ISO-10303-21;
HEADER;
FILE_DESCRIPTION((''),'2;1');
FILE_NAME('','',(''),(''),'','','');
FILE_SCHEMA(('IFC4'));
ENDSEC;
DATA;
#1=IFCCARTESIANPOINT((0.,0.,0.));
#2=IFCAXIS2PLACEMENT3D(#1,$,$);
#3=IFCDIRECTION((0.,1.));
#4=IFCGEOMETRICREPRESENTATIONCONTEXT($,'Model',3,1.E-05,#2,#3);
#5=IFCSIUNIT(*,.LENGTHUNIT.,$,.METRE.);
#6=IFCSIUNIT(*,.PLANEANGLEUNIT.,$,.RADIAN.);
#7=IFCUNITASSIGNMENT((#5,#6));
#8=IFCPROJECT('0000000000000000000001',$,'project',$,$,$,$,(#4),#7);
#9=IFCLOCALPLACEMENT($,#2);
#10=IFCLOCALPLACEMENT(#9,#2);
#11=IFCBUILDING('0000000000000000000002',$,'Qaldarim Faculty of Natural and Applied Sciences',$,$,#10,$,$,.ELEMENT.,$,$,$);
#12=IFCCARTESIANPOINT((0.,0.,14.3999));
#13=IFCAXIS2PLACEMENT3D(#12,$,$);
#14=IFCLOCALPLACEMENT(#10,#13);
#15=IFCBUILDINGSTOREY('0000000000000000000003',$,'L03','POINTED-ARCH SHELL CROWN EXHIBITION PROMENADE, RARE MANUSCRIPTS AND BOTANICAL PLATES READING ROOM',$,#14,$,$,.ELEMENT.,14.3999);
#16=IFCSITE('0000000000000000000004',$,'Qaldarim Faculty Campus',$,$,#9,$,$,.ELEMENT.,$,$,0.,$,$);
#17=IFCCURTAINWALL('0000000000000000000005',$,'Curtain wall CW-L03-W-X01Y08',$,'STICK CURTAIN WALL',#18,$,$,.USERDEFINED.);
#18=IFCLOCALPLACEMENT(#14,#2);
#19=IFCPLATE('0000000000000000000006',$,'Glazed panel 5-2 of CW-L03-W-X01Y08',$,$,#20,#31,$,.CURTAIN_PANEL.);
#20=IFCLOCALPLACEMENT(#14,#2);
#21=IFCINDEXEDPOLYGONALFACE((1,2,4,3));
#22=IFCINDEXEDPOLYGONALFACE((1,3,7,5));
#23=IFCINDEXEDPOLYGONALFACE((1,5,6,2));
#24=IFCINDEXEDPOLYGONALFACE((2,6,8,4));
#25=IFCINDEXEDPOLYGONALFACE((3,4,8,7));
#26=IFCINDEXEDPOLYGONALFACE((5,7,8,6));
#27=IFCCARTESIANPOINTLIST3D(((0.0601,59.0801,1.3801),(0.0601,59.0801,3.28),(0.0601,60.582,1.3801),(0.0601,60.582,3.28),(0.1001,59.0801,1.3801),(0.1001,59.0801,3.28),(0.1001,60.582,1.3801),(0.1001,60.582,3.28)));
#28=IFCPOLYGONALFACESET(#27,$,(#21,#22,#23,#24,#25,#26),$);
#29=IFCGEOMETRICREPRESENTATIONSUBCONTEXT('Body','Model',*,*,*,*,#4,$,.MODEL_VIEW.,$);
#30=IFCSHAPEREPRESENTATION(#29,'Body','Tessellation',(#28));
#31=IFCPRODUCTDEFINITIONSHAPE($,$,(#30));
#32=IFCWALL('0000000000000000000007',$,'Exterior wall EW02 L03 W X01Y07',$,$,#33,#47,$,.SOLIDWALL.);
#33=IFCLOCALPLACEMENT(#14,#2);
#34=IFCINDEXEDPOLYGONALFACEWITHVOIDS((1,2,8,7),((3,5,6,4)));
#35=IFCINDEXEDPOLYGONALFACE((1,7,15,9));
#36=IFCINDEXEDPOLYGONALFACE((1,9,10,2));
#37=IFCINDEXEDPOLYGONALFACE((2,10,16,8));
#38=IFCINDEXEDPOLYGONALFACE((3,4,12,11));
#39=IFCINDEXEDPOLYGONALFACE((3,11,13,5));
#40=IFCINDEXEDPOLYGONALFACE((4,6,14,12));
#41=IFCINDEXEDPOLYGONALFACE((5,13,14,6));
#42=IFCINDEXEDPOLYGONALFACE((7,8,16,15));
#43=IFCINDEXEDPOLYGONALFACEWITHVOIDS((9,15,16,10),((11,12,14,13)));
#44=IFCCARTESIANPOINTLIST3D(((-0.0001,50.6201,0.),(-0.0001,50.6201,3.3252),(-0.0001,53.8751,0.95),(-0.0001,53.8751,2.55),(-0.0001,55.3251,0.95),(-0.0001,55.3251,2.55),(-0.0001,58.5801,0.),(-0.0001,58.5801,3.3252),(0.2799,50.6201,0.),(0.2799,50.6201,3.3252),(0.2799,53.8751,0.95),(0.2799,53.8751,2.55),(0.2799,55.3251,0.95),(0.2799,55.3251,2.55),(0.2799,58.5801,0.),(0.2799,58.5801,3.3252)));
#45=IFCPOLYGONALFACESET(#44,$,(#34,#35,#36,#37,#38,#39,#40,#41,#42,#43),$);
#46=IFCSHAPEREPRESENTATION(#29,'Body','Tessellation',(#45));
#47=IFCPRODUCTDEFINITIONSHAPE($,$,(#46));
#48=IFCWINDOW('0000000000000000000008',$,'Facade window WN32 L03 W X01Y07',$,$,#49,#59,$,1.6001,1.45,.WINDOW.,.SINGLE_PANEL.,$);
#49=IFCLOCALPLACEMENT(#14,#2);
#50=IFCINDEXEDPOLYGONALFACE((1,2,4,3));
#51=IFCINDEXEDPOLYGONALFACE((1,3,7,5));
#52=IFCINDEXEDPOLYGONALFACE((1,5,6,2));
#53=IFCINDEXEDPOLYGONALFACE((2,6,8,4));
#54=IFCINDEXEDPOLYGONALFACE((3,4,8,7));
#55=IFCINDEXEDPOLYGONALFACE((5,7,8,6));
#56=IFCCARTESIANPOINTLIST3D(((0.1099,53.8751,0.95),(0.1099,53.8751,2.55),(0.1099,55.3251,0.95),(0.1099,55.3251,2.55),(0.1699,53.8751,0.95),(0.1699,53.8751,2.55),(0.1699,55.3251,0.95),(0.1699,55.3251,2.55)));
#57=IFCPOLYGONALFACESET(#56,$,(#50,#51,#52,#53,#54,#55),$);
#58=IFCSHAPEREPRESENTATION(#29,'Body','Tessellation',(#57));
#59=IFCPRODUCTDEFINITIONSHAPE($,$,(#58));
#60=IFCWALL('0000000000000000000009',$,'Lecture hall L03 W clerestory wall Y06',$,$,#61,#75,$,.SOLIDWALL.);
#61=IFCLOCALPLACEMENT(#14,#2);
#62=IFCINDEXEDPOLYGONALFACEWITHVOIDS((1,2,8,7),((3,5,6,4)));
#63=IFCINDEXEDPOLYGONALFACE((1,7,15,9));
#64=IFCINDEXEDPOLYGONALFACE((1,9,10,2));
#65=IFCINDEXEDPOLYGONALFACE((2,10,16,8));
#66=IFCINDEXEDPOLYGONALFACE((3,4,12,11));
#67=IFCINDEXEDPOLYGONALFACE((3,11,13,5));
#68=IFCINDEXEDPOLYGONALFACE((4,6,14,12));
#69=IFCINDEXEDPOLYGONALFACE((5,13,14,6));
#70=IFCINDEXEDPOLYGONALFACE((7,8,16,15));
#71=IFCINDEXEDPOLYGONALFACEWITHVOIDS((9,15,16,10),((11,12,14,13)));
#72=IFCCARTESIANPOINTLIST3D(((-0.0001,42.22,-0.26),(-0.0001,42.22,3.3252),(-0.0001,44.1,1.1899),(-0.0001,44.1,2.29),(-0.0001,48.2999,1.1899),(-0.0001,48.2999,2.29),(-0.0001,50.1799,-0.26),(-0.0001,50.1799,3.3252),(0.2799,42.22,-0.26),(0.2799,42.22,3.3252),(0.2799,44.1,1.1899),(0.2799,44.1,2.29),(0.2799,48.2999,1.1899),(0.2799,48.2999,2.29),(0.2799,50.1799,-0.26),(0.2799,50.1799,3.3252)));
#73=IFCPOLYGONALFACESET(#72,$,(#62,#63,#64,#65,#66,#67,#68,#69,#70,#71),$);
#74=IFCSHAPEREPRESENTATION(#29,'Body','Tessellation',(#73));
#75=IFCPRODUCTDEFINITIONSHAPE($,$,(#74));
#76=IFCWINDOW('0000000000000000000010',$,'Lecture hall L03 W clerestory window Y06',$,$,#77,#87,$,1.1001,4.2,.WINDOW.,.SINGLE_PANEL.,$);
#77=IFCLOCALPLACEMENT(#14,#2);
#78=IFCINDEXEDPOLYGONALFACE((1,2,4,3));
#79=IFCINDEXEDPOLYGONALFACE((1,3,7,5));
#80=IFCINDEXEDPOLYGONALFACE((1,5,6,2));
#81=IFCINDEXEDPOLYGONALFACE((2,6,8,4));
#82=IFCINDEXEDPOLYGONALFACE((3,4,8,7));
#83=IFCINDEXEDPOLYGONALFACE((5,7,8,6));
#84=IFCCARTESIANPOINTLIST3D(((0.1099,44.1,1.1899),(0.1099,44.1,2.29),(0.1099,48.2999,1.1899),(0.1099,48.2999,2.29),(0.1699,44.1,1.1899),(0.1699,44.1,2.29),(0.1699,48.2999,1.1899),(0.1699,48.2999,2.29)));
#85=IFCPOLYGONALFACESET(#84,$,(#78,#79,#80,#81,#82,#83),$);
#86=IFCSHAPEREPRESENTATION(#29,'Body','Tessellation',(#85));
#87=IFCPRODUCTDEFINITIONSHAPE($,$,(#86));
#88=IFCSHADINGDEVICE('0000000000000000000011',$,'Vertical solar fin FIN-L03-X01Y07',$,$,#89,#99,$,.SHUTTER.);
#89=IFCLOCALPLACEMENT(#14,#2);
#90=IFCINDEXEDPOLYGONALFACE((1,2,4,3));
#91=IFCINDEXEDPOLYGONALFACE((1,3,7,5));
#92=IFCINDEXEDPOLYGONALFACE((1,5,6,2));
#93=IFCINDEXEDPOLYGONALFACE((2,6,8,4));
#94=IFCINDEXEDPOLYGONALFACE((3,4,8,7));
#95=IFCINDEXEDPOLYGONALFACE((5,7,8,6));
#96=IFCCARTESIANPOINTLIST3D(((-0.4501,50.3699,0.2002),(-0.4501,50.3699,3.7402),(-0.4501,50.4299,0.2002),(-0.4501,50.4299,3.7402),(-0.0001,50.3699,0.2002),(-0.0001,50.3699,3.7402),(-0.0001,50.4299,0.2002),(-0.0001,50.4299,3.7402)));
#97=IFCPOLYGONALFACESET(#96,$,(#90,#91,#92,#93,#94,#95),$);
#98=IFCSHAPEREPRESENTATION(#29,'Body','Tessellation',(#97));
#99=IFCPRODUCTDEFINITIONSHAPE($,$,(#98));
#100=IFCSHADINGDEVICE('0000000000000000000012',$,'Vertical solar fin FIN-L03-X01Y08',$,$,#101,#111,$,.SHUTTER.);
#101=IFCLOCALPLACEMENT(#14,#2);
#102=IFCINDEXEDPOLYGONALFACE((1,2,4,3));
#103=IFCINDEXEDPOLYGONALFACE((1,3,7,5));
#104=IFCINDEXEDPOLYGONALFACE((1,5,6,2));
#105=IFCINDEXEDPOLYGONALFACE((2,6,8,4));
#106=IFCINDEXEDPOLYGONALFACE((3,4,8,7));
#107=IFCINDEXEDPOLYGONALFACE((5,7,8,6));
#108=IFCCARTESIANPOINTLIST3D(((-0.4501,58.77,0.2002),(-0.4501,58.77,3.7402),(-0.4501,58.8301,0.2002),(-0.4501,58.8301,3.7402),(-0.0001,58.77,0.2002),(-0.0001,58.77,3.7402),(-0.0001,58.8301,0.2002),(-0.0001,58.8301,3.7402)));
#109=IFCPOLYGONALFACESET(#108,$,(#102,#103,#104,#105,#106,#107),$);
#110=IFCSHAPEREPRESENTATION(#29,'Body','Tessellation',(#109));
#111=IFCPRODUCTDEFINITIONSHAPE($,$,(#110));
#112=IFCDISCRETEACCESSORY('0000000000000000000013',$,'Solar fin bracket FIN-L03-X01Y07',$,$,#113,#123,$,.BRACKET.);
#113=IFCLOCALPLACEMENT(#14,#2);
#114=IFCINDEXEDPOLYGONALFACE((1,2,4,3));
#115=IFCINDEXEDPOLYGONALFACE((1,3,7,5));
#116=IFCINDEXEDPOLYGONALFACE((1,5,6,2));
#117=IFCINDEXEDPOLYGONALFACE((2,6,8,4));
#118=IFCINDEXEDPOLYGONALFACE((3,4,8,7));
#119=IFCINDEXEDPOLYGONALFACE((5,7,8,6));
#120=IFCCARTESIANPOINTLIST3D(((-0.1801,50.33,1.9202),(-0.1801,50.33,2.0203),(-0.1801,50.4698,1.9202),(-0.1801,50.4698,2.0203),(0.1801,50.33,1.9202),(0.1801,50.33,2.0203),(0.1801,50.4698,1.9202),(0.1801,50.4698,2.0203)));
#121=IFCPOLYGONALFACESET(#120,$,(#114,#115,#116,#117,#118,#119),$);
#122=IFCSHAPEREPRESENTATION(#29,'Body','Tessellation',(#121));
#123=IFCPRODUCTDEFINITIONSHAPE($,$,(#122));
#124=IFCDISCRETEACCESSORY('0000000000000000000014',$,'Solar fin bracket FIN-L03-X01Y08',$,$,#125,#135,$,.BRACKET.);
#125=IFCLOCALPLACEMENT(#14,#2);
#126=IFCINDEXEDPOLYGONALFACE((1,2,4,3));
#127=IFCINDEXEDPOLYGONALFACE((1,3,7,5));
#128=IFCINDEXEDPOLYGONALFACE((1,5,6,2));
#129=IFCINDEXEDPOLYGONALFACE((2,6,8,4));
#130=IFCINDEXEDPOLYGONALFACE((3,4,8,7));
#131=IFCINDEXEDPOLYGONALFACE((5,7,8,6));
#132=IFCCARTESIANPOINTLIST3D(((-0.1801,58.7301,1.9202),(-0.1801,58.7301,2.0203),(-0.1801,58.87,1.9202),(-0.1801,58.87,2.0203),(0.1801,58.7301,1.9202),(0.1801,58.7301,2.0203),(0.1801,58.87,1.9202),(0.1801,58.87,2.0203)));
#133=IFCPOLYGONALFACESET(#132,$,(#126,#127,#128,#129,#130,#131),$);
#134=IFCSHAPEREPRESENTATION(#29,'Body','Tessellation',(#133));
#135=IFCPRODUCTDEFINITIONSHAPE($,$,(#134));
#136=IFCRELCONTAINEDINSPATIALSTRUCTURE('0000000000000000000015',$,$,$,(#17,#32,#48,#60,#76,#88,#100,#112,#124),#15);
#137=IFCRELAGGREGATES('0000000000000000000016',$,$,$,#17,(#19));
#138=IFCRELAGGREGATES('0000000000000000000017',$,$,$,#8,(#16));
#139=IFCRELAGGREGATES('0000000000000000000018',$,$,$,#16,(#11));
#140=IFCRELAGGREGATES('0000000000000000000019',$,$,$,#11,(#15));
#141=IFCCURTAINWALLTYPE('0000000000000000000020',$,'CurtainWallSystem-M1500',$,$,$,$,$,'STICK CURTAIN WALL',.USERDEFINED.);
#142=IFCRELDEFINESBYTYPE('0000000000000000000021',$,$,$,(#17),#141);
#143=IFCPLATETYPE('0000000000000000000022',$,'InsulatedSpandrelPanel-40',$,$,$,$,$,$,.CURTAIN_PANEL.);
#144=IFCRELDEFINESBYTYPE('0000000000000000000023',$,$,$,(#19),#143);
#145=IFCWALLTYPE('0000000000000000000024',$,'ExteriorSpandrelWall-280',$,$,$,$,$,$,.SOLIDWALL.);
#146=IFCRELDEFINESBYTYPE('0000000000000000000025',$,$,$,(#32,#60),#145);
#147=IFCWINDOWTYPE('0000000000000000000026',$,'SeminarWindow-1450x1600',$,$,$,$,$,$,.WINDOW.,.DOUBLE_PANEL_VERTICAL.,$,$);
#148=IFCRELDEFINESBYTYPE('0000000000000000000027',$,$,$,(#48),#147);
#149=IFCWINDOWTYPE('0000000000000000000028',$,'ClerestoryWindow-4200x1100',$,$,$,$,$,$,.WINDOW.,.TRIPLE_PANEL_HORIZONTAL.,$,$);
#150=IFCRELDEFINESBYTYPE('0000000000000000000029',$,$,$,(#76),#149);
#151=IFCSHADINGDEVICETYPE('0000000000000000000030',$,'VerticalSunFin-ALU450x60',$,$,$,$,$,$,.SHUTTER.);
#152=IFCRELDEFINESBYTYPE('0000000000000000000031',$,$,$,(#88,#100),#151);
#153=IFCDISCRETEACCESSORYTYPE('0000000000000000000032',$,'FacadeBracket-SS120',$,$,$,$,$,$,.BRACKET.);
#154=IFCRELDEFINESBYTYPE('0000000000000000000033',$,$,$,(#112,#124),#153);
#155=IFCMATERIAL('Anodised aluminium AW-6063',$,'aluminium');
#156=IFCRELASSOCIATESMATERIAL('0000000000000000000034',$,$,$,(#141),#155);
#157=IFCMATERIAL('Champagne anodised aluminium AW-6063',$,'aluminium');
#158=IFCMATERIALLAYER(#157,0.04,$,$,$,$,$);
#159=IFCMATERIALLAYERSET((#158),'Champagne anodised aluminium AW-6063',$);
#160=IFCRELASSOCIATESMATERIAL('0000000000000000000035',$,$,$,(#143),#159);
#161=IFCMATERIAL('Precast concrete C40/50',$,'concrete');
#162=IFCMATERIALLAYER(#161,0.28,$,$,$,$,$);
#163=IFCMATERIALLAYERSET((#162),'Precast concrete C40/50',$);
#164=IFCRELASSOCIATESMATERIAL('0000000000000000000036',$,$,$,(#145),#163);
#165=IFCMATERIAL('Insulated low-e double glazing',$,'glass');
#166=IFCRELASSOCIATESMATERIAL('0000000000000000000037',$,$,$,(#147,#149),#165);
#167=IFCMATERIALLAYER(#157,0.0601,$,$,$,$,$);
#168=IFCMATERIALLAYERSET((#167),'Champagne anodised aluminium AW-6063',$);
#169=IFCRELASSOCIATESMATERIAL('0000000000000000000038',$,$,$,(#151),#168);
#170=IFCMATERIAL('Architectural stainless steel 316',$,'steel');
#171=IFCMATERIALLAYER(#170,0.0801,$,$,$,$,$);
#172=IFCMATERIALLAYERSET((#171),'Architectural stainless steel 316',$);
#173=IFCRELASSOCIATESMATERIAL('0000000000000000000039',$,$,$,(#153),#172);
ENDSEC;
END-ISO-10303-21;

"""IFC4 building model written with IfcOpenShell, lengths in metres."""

from ifc_helpers import new_model, si_unit, direction, frame, frame_2d, origin, origin_2d, place, context, subcontext, project, spatial, rectangle, extrude, material, layer, layer_set, type_object, element, fill, aggregate, save


model = new_model("IFC4")

# Units and contexts
model_context = context("Model", 3, precision=1e-05, world=origin(), true_north=direction((0.0, 1.0)))
body_context = subcontext(model_context, "Body", "Model", "MODEL_VIEW")
ifc_project = project(units=[si_unit("LENGTHUNIT", "METRE"), si_unit("PLANEANGLEUNIT", "RADIAN")], contexts=[model_context])

# Site, building, storey
site_placement = place(None, origin())
site = spatial("IfcSite", under=ifc_project, at=site_placement, Name="Qaldarim Faculty Campus", CompositionType="ELEMENT", RefElevation=0.0)
building_placement = place(site_placement, origin())
building = spatial("IfcBuilding", under=site, at=building_placement, Name="Qaldarim Faculty of Natural and Applied Sciences", CompositionType="ELEMENT")
storey_placement = place(building_placement, frame((0.0, 0.0, 14.3999)))
storey = spatial("IfcBuildingStorey", under=building, at=storey_placement, Name="L03", Description="POINTED-ARCH SHELL CROWN EXHIBITION PROMENADE, RARE MANUSCRIPTS AND BOTANICAL PLATES READING ROOM", CompositionType="ELEMENT", Elevation=14.3999)

# Curtain wall
ifc_material_1 = material(Name="Anodised aluminium AW-6063", Category="aluminium")
curtain_wall_type = type_object("IfcCurtainWallType", Name="CurtainWallSystem-M1500", ElementType="STICK CURTAIN WALL", PredefinedType="USERDEFINED", material=ifc_material_1)
curtain_wall_placement = place(storey_placement, origin())
curtain_wall = element("IfcCurtainWall", 1, at=curtain_wall_placement, inside=storey, type_object=curtain_wall_type, Name="Curtain wall CW-L03-W-X01Y08", ObjectType="STICK CURTAIN WALL", PredefinedType="USERDEFINED")

# Shared definitions
ifc_material_2 = material(Name="Precast concrete C40/50", Category="concrete")

# Plate
ifc_material_3 = material(Name="Champagne anodised aluminium AW-6063", Category="aluminium")
ifc_layer_1 = layer(ifc_material_3, 0.04)
ifc_layer_set_1 = layer_set([ifc_layer_1], Name="Champagne anodised aluminium AW-6063")
plate_type = type_object("IfcPlateType", Name="InsulatedSpandrelPanel-40", PredefinedType="CURTAIN_PANEL", material=ifc_layer_set_1)
plate_1_placement = place(storey_placement, frame((0.0801, 59.8311, 1.3801), z_axis=(0.0, 0.0, 1.0), x_axis=(0.0, -1.0, 0.0)))
plate_1 = element("IfcPlate", 2, at=plate_1_placement, type_object=plate_type, Name="Glazed panel 5-2 of CW-L03-W-X01Y08", PredefinedType="CURTAIN_PANEL", context=body_context, shape_type="SweptSolid", body=[
    extrude(rectangle(XDim=1.502, YDim=0.04, at=origin_2d()), origin(), (0.0, 0.0, 1.0), 1.8999),
])
aggregate(curtain_wall, [plate_1])

# Walls, openings, windows
ifc_layer_2 = layer(ifc_material_2, 0.28)
ifc_layer_set_2 = layer_set([ifc_layer_2], Name="Precast concrete C40/50")
wall_type = type_object("IfcWallType", Name="ExteriorSpandrelWall-280", PredefinedType="SOLIDWALL", material=ifc_layer_set_2)
wall_1_placement = place(storey_placement, frame((0.1399, 58.5801, 0.0), z_axis=(0.0, 0.0, 1.0), x_axis=(0.0, -1.0, 0.0)))
wall_1 = element("IfcWall", 3, at=wall_1_placement, inside=storey, type_object=wall_type, Name="Exterior wall EW02 L03 W X01Y07", PredefinedType="SOLIDWALL", context=body_context, shape_type="SweptSolid", body=[
    extrude(rectangle(XDim=7.96, YDim=0.28, at=frame_2d((3.98, 0.0))), origin(), (0.0, 0.0, 1.0), 3.3252),
])
opening_1_placement = place(wall_1_placement, frame((3.2549, 0.0, 0.95)))
opening_1 = element("IfcOpeningElement", 4, at=opening_1_placement, cuts=wall_1, PredefinedType="OPENING", context=body_context, shape_type="SweptSolid", body=[
    extrude(rectangle(XDim=1.45, YDim=1.6001, at=frame_2d((0.7251, 0.8))), frame((0.0, 0.1499, 0.0), z_axis=(0.0, -1.0, 0.0), x_axis=(1.0, 0.0, 0.0)), (0.0, 0.0, 1.0), 0.3),
])
ifc_material_4 = material(Name="Insulated low-e double glazing", Category="glass")
window_type_1 = type_object("IfcWindowType", Name="SeminarWindow-1450x1600", PartitioningType="DOUBLE_PANEL_VERTICAL", PredefinedType="WINDOW", material=ifc_material_4)
window_1_placement = place(opening_1_placement, origin())
window_1 = element("IfcWindow", 5, at=window_1_placement, inside=storey, type_object=window_type_1, Name="Facade window WN32 L03 W X01Y07", OverallHeight=1.6001, OverallWidth=1.45, PartitioningType="SINGLE_PANEL", PredefinedType="WINDOW", context=body_context, shape_type="SweptSolid", body=[
    extrude(rectangle(XDim=1.45, YDim=1.6001, at=frame_2d((0.7251, 0.8))), frame((0.0, 0.03, 0.0), z_axis=(0.0, -1.0, 0.0), x_axis=(1.0, 0.0, 0.0)), (0.0, 0.0, 1.0), 0.0601),
])
fill(opening_1, window_1)
wall_2_placement = place(storey_placement, frame((0.1399, 50.1799, -0.26), z_axis=(0.0, 0.0, 1.0), x_axis=(0.0, -1.0, 0.0)))
wall_2 = element("IfcWall", 6, at=wall_2_placement, inside=storey, type_object=wall_type, Name="Lecture hall L03 W clerestory wall Y06", PredefinedType="SOLIDWALL", context=body_context, shape_type="SweptSolid", body=[
    extrude(rectangle(XDim=7.96, YDim=0.28, at=frame_2d((3.98, 0.0))), origin(), (0.0, 0.0, 1.0), 3.5852),
])
opening_2_placement = place(wall_2_placement, frame((1.8799, 0.0, 1.45)))
opening_2 = element("IfcOpeningElement", 7, at=opening_2_placement, cuts=wall_2, PredefinedType="OPENING", context=body_context, shape_type="SweptSolid", body=[
    extrude(rectangle(XDim=4.2, YDim=1.1001, at=frame_2d((2.1001, 0.55))), frame((0.0, 0.1499, 0.0), z_axis=(0.0, -1.0, 0.0), x_axis=(1.0, 0.0, 0.0)), (0.0, 0.0, 1.0), 0.3),
])
window_type_2 = type_object("IfcWindowType", Name="ClerestoryWindow-4200x1100", PartitioningType="TRIPLE_PANEL_HORIZONTAL", PredefinedType="WINDOW", material=ifc_material_4)
window_2_placement = place(opening_2_placement, origin())
window_2 = element("IfcWindow", 8, at=window_2_placement, inside=storey, type_object=window_type_2, Name="Lecture hall L03 W clerestory window Y06", OverallHeight=1.1001, OverallWidth=4.2, PartitioningType="SINGLE_PANEL", PredefinedType="WINDOW", context=body_context, shape_type="SweptSolid", body=[
    extrude(rectangle(XDim=4.2, YDim=1.1001, at=frame_2d((2.1001, 0.55))), frame((0.0, 0.03, 0.0), z_axis=(0.0, -1.0, 0.0), x_axis=(1.0, 0.0, 0.0)), (0.0, 0.0, 1.0), 0.0601),
])
fill(opening_2, window_2)

# Shading devices
ifc_layer_3 = layer(ifc_material_3, 0.0601)
ifc_layer_set_3 = layer_set([ifc_layer_3], Name="Champagne anodised aluminium AW-6063")
shading_device_type = type_object("IfcShadingDeviceType", Name="VerticalSunFin-ALU450x60", PredefinedType="SHUTTER", material=ifc_layer_set_3)
for number, where, z_axis, x_axis, name in (
    (9, (-0.2251, 50.3999, 0.2002), (0.0, 0.0, 1.0), (1.0, 0.0, 0.0), "Vertical solar fin FIN-L03-X01Y07"),
    (10, (-0.2251, 58.8, 0.2002), (0.0, 0.0, 1.0), (1.0, 0.0, 0.0), "Vertical solar fin FIN-L03-X01Y08"),
):
    element("IfcShadingDevice", number, at=place(storey_placement, frame(where, z_axis=z_axis, x_axis=x_axis)), inside=storey, type_object=shading_device_type, Name=name, PredefinedType="SHUTTER", context=body_context, shape_type="SweptSolid", body=[
        extrude(rectangle(XDim=0.45, YDim=0.0601, at=origin_2d()), origin(), (0.0, 0.0, 1.0), 3.54),
    ])

# Discrete accessories
ifc_material_5 = material(Name="Architectural stainless steel 316", Category="steel")
ifc_layer_4 = layer(ifc_material_5, 0.0801)
ifc_layer_set_4 = layer_set([ifc_layer_4], Name="Architectural stainless steel 316")
discrete_accessory_type = type_object("IfcDiscreteAccessoryType", Name="FacadeBracket-SS120", PredefinedType="BRACKET", material=ifc_layer_set_4)
for number, where, z_axis, x_axis, name in (
    (11, (0.0, 50.3999, 1.9202), (0.0, 0.0, 1.0), (1.0, 0.0, 0.0), "Solar fin bracket FIN-L03-X01Y07"),
    (12, (0.0, 58.8, 1.9202), (0.0, 0.0, 1.0), (1.0, 0.0, 0.0), "Solar fin bracket FIN-L03-X01Y08"),
):
    element("IfcDiscreteAccessory", number, at=place(storey_placement, frame(where, z_axis=z_axis, x_axis=x_axis)), inside=storey, type_object=discrete_accessory_type, Name=name, PredefinedType="BRACKET", context=body_context, shape_type="SweptSolid", body=[
        extrude(rectangle(XDim=0.3601, YDim=0.1399, at=origin_2d()), origin(), (0.0, 0.0, 1.0), 0.1001),
    ])

save(model, "model.ifc")
